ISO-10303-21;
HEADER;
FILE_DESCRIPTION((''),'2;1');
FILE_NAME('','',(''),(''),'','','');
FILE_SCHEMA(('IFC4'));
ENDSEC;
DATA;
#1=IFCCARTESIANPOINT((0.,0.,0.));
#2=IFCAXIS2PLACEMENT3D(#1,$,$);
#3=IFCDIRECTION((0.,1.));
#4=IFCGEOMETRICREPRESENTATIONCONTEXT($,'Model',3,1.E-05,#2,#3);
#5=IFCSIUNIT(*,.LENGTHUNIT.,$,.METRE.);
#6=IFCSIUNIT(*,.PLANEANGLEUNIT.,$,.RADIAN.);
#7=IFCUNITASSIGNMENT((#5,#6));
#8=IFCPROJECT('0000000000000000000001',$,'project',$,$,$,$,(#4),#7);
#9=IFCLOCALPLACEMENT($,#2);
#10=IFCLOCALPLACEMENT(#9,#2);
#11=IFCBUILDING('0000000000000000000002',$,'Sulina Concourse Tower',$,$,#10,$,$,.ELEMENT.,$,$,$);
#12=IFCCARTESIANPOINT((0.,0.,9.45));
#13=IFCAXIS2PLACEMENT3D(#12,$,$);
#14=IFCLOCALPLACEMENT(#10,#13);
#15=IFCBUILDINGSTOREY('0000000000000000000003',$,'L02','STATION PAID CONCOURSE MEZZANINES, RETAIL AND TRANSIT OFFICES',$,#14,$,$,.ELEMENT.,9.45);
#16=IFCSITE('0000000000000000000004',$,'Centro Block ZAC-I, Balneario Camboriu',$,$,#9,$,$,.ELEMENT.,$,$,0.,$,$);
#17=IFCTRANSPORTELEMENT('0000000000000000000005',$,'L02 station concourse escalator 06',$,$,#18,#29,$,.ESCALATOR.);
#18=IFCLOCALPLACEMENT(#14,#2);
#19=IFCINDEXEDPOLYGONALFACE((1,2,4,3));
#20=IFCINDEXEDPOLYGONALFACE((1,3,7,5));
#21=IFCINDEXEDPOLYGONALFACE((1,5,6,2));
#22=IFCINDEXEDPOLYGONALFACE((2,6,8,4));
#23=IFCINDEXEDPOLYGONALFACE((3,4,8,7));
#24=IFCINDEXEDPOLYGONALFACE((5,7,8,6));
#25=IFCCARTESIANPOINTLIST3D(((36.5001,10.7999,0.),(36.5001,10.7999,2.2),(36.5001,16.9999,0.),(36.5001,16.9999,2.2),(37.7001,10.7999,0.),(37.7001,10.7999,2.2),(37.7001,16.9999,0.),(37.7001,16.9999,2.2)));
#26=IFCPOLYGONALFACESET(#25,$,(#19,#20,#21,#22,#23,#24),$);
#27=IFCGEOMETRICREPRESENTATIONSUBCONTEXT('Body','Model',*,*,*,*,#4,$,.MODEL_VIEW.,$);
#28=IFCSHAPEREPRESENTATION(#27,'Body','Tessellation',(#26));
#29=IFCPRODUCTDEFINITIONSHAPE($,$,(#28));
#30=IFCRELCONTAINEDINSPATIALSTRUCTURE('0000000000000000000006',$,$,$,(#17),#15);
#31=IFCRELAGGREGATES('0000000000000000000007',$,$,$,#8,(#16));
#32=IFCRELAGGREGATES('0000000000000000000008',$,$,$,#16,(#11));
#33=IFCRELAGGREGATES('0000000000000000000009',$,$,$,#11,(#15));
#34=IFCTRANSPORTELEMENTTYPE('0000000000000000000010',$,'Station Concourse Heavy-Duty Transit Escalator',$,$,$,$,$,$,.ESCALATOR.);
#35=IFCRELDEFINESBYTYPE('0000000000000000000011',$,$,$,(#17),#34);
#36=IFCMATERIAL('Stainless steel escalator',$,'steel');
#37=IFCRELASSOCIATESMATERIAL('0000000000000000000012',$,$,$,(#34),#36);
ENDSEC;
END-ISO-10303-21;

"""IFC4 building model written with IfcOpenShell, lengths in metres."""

from ifc_helpers import new_model, si_unit, direction, frame, origin, origin_2d, place, context, subcontext, project, spatial, rectangle, extrude, material, type_object, element, save


model = new_model("IFC4")

# Units and contexts
model_context = context("Model", 3, precision=1e-05, world=origin(), true_north=direction((0.0, 1.0)))
body_context = subcontext(model_context, "Body", "Model", "MODEL_VIEW")
ifc_project = project(units=[si_unit("LENGTHUNIT", "METRE"), si_unit("PLANEANGLEUNIT", "RADIAN")], contexts=[model_context])

# Site, building, storey
site_placement = place(None, origin())
site = spatial("IfcSite", under=ifc_project, at=site_placement, Name="Centro Block ZAC-I, Balneario Camboriu", CompositionType="ELEMENT", RefElevation=0.0)
building_placement = place(site_placement, origin())
building = spatial("IfcBuilding", under=site, at=building_placement, Name="Sulina Concourse Tower", CompositionType="ELEMENT")
storey_placement = place(building_placement, frame((0.0, 0.0, 9.45)))
storey = spatial("IfcBuildingStorey", under=building, at=storey_placement, Name="L02", Description="STATION PAID CONCOURSE MEZZANINES, RETAIL AND TRANSIT OFFICES", CompositionType="ELEMENT", Elevation=9.45)

# Transport element
ifc_material_1 = material(Name="Stainless steel escalator", Category="steel")
transport_element_type = type_object("IfcTransportElementType", Name="Station Concourse Heavy-Duty Transit Escalator", PredefinedType="ESCALATOR", material=ifc_material_1)
transport_element_placement = place(storey_placement, frame((37.1001, 13.8999, 0.0), z_axis=(0.0, 0.0, 1.0), x_axis=(1.0, 0.0, 0.0)))
element("IfcTransportElement", 1, at=transport_element_placement, inside=storey, type_object=transport_element_type, Name="L02 station concourse escalator 06", PredefinedType="ESCALATOR", context=body_context, shape_type="SweptSolid", body=[
    extrude(rectangle(XDim=1.2, YDim=6.2, at=origin_2d()), origin(), (0.0, 0.0, 1.0), 2.2),
])

save(model, "model.ifc")
